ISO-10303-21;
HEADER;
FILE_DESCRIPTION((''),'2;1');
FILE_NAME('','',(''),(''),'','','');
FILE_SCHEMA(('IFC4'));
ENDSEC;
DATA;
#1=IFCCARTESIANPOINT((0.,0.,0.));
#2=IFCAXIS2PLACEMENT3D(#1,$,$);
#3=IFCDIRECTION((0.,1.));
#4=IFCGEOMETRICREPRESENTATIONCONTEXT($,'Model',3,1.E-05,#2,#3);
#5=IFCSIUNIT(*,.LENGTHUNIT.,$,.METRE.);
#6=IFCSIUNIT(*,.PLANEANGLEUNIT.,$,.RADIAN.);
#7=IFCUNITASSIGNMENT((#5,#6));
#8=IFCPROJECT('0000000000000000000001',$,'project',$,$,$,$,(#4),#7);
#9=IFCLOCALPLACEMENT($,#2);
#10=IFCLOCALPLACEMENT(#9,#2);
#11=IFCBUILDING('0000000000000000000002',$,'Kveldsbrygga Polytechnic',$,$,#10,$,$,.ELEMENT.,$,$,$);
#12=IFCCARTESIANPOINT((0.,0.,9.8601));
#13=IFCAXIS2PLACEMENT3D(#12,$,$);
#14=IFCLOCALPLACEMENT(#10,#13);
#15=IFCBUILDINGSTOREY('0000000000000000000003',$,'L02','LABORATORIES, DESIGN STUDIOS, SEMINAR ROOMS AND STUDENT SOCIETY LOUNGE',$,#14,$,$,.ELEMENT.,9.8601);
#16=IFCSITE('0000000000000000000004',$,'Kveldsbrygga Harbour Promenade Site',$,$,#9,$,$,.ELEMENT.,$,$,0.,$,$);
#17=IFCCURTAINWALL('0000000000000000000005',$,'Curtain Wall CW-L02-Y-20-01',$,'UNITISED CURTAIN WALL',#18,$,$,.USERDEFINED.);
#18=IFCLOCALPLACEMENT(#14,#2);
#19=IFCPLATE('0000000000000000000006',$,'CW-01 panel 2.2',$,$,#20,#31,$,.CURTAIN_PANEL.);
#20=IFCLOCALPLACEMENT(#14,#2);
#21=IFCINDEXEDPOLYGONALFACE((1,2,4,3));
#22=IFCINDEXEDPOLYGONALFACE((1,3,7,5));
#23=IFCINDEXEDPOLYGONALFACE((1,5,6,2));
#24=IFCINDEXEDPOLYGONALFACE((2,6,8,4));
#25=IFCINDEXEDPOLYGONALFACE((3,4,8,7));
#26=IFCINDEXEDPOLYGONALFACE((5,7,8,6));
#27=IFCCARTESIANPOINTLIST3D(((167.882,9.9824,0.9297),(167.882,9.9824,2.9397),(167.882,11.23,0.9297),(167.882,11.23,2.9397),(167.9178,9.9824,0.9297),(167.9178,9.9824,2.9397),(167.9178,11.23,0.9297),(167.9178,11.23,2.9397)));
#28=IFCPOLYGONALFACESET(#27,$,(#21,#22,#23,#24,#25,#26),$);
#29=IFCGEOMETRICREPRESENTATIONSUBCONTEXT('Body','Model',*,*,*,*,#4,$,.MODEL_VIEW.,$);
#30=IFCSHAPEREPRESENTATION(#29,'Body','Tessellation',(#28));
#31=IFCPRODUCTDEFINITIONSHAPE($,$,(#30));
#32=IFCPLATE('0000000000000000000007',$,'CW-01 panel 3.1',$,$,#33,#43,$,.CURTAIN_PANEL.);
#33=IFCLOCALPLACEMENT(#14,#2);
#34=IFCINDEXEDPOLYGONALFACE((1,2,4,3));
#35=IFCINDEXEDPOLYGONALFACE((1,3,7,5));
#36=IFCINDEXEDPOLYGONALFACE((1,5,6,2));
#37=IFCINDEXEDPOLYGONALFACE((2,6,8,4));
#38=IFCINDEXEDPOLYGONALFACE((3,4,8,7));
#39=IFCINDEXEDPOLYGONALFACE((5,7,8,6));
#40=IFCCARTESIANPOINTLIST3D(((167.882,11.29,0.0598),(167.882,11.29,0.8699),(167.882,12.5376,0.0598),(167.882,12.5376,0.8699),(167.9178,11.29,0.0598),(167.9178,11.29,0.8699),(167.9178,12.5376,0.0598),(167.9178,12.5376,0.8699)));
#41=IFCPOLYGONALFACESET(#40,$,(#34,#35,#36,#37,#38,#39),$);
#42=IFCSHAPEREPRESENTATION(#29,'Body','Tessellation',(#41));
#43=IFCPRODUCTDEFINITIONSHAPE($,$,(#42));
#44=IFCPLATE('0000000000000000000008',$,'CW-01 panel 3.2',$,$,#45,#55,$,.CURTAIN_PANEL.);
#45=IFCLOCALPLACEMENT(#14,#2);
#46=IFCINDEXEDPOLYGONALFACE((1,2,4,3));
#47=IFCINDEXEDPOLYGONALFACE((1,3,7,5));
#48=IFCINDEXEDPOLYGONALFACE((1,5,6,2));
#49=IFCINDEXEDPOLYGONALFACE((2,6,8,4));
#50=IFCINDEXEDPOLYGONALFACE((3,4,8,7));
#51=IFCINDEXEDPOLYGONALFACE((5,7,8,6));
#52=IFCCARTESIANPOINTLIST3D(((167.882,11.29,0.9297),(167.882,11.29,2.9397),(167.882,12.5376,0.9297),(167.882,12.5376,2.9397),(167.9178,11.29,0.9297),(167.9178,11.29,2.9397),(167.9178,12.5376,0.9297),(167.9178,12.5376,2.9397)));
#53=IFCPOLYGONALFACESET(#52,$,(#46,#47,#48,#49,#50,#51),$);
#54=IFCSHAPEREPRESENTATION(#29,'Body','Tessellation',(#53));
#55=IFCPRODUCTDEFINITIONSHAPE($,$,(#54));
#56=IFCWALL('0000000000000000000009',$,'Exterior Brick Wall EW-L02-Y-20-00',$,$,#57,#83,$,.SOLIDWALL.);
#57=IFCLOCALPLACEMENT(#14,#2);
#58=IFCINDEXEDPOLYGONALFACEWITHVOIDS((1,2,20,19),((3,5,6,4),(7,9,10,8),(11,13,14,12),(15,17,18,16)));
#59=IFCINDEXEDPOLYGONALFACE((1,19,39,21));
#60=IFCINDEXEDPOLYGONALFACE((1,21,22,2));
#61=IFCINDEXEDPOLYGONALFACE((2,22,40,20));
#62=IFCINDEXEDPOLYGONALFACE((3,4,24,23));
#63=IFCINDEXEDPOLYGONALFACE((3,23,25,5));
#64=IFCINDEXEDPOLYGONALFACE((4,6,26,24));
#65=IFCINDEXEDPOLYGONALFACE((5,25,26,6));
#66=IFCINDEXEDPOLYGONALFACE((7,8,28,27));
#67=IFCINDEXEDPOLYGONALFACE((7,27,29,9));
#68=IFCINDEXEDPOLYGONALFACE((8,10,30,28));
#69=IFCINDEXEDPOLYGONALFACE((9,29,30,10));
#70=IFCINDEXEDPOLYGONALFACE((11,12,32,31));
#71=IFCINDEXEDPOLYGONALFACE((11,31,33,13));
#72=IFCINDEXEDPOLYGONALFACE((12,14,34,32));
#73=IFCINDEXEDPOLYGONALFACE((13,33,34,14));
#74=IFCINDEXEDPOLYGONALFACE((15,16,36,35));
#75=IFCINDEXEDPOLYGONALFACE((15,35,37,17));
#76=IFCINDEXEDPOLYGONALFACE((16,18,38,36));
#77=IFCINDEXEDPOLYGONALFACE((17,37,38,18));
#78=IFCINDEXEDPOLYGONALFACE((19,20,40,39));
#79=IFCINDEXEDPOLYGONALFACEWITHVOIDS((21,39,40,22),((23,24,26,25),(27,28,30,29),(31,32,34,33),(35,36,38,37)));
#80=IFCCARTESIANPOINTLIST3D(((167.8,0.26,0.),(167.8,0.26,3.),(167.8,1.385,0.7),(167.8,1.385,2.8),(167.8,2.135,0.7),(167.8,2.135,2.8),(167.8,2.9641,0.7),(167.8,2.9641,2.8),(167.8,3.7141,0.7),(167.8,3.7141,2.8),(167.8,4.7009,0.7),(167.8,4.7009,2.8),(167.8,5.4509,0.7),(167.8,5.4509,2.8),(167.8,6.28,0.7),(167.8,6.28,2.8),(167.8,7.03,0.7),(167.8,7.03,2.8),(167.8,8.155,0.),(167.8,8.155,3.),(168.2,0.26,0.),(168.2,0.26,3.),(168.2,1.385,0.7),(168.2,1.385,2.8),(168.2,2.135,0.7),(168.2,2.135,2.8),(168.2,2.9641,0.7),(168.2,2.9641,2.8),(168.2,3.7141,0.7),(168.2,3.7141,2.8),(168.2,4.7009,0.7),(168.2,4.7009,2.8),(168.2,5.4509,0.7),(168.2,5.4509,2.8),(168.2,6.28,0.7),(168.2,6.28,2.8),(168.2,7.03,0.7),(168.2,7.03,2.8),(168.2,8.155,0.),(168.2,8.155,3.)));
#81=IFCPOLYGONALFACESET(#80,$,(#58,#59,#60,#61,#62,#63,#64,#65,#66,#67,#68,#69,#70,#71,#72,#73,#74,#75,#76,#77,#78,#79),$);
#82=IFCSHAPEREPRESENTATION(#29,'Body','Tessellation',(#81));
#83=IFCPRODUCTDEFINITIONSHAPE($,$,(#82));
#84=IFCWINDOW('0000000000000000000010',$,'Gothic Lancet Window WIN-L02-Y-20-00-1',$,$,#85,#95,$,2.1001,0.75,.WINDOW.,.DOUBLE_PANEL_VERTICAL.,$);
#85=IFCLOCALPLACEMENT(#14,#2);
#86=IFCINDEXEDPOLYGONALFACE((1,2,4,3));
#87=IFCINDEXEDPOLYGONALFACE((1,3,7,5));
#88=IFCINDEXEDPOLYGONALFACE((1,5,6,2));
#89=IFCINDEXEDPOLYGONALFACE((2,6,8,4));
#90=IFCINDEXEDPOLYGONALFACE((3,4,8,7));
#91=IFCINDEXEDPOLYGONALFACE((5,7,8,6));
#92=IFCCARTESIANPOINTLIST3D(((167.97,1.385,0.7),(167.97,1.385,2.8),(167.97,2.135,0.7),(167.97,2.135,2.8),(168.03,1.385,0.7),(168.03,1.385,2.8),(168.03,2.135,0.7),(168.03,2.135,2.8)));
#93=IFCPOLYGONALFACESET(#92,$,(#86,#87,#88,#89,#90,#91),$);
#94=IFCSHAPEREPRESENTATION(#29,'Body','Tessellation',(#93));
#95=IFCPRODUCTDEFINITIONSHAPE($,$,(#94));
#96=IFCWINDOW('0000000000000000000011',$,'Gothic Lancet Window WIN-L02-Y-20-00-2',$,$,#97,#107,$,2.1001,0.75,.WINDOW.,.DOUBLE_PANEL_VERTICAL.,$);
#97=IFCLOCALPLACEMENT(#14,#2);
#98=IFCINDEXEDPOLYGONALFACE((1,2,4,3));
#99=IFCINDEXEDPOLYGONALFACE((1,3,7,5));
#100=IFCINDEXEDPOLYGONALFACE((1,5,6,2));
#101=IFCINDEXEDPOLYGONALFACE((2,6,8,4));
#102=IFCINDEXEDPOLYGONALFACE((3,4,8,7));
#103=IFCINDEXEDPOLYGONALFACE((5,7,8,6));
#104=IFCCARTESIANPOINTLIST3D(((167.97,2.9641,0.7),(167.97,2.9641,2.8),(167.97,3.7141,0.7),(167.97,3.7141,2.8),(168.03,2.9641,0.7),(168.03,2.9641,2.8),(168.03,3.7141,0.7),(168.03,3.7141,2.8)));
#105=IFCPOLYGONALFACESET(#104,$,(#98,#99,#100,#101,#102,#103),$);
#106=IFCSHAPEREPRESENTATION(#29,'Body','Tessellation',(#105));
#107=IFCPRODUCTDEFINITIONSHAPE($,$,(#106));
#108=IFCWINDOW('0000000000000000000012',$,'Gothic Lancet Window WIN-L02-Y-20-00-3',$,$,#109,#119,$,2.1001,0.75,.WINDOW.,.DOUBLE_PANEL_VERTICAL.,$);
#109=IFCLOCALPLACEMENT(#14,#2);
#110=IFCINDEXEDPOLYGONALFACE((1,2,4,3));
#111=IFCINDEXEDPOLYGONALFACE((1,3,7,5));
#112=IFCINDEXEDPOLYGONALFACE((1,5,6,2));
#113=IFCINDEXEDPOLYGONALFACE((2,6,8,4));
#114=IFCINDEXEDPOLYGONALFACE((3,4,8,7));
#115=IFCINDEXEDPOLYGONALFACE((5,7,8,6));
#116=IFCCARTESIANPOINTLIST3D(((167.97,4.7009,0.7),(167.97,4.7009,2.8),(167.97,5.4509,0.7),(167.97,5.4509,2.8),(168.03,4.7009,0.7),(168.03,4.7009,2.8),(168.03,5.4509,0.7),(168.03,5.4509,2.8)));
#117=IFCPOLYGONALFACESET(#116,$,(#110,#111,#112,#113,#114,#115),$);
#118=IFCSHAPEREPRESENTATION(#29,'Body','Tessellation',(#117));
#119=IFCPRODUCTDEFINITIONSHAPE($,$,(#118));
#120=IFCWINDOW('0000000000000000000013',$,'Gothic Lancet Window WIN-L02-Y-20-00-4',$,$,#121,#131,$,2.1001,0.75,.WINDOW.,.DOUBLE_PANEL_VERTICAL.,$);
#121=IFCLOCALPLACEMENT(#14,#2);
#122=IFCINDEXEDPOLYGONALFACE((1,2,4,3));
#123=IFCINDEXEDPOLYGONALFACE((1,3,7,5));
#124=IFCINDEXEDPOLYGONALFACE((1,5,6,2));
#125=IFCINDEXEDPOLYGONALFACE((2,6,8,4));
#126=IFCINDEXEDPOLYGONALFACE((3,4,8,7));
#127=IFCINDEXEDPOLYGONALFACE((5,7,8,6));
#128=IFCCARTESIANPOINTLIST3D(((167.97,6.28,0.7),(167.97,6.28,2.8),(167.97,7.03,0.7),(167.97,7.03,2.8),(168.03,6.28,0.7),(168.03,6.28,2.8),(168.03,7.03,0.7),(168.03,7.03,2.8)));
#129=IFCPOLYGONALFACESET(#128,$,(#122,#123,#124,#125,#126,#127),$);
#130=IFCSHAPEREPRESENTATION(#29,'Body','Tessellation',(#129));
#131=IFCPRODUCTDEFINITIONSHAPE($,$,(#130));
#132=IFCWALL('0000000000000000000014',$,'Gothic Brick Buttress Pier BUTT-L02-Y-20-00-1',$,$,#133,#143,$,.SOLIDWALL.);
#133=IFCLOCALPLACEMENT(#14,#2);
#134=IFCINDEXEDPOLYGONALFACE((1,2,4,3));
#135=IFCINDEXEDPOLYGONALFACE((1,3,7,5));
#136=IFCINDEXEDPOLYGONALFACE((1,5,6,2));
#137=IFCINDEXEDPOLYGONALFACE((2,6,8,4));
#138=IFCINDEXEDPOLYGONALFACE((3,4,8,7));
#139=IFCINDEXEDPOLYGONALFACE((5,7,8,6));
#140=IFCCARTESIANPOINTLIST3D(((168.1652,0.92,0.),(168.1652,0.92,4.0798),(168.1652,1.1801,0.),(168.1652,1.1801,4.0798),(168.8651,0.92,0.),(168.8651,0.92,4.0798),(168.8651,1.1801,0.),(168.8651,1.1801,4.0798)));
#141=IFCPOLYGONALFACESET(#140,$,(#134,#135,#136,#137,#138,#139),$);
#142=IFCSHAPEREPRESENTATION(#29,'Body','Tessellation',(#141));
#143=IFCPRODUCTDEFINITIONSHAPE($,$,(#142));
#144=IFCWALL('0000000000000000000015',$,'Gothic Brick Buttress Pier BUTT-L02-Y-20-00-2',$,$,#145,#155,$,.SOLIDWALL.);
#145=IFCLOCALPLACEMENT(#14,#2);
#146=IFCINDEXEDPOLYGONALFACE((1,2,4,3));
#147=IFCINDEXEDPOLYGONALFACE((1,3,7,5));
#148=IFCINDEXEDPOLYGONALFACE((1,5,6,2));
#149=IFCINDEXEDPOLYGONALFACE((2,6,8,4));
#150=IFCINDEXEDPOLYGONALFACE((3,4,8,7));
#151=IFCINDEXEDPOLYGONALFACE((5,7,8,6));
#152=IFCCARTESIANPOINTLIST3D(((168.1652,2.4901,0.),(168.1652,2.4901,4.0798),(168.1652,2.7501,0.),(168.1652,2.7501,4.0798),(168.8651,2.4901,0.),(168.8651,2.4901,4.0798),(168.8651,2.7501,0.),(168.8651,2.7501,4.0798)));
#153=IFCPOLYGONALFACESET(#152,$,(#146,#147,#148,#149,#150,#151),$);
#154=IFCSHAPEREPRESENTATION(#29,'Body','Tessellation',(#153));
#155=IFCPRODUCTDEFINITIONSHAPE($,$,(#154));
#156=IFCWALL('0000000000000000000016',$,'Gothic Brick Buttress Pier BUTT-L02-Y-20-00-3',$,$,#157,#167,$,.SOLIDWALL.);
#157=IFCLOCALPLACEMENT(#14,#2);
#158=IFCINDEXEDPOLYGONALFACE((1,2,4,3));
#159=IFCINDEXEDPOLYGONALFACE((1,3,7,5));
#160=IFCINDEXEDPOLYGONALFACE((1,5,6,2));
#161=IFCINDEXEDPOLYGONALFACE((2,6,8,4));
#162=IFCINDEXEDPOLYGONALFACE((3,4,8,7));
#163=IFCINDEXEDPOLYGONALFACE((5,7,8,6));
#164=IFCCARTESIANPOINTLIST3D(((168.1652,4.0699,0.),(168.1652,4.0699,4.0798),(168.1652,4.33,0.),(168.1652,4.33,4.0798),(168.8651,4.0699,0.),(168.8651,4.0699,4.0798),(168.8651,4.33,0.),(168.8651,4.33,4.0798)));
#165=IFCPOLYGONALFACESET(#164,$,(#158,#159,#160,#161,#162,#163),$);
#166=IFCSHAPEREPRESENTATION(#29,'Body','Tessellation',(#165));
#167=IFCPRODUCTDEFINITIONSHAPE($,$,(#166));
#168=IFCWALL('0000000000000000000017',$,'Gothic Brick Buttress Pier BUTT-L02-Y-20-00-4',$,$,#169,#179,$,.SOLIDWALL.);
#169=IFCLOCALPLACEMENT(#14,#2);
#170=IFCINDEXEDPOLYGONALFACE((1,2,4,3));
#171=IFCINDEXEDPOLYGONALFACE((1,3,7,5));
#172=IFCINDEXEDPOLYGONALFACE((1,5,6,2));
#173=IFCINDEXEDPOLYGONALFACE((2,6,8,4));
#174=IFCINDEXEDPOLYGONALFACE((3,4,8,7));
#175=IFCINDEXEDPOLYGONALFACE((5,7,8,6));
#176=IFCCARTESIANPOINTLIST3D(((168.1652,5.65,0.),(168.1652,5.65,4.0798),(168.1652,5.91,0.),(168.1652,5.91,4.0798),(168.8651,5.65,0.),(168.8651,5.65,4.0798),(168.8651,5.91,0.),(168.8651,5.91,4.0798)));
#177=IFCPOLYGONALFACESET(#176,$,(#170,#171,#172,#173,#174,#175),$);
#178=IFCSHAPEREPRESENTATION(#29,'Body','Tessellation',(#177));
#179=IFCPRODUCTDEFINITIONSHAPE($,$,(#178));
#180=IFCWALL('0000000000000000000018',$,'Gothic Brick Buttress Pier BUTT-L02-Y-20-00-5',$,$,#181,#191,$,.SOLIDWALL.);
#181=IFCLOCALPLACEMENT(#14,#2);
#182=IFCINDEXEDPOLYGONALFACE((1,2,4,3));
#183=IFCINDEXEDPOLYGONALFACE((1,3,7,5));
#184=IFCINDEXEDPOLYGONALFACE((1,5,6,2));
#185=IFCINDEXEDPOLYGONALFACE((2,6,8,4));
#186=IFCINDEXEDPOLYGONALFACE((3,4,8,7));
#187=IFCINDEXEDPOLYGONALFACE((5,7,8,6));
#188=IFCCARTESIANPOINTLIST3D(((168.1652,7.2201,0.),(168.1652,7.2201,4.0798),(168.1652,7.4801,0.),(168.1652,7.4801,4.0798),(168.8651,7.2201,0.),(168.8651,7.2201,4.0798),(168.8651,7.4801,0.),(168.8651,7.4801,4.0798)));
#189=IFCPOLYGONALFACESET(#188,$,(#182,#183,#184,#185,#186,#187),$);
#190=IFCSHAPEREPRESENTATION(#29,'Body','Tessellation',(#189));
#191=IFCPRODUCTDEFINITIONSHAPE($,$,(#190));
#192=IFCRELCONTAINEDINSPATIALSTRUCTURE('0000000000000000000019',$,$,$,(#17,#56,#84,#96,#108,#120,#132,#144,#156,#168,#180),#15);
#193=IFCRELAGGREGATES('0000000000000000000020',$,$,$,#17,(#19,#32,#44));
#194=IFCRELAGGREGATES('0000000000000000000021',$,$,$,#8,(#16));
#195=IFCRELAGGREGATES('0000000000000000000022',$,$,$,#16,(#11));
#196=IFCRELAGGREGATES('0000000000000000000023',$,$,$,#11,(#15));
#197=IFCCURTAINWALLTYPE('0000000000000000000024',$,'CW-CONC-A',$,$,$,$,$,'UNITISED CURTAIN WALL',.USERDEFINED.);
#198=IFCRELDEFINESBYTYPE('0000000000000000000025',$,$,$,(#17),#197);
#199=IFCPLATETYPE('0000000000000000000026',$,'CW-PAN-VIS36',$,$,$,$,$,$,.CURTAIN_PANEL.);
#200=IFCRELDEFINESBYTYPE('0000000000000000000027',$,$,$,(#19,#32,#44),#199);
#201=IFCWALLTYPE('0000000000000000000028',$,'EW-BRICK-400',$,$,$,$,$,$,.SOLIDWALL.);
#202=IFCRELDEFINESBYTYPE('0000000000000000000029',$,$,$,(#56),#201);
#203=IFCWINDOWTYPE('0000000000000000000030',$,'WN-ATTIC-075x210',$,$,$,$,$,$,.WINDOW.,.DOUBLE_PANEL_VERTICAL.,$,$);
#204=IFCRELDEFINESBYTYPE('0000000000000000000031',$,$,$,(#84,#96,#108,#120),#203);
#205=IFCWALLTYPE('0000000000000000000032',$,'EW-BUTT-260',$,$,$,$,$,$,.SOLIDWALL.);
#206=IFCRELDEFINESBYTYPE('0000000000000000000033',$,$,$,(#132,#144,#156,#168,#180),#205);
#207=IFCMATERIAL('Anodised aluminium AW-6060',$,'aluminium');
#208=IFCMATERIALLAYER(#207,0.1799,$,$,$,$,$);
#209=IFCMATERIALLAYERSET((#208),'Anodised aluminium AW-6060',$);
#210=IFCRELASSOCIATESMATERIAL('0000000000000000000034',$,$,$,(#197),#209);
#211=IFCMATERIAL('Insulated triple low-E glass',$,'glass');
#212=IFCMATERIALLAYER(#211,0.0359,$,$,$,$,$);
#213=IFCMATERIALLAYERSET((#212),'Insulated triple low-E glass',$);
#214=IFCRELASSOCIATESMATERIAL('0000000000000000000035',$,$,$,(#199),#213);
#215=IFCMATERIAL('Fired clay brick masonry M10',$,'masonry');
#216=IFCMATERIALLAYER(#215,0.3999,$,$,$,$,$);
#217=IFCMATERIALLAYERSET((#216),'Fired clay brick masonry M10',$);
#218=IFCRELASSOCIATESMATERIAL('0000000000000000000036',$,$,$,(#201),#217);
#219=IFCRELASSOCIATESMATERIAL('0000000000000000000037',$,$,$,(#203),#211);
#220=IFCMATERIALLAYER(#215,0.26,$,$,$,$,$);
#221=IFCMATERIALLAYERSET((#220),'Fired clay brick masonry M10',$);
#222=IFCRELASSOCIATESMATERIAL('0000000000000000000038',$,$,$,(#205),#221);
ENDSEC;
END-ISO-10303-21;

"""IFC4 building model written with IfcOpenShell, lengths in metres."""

from ifc_helpers import new_model, si_unit, direction, frame, frame_2d, origin, origin_2d, place, context, subcontext, project, spatial, rectangle, extrude, material, layer, layer_set, type_object, element, fill, aggregate, save


model = new_model("IFC4")

# Units and contexts
model_context = context("Model", 3, precision=1e-05, world=origin(), true_north=direction((0.0, 1.0)))
body_context = subcontext(model_context, "Body", "Model", "MODEL_VIEW")
ifc_project = project(units=[si_unit("LENGTHUNIT", "METRE"), si_unit("PLANEANGLEUNIT", "RADIAN")], contexts=[model_context])

# Site, building, storey
site_placement = place(None, origin())
site = spatial("IfcSite", under=ifc_project, at=site_placement, Name="Kveldsbrygga Harbour Promenade Site", CompositionType="ELEMENT", RefElevation=0.0)
building_placement = place(site_placement, origin())
building = spatial("IfcBuilding", under=site, at=building_placement, Name="Kveldsbrygga Polytechnic", CompositionType="ELEMENT")
storey_placement = place(building_placement, frame((0.0, 0.0, 9.8601)))
storey = spatial("IfcBuildingStorey", under=building, at=storey_placement, Name="L02", Description="LABORATORIES, DESIGN STUDIOS, SEMINAR ROOMS AND STUDENT SOCIETY LOUNGE", CompositionType="ELEMENT", Elevation=9.8601)

# Curtain wall, plates
ifc_material_1 = material(Name="Anodised aluminium AW-6060", Category="aluminium")
ifc_layer_1 = layer(ifc_material_1, 0.1799)
ifc_layer_set_1 = layer_set([ifc_layer_1], Name="Anodised aluminium AW-6060")
curtain_wall_type = type_object("IfcCurtainWallType", Name="CW-CONC-A", ElementType="UNITISED CURTAIN WALL", PredefinedType="USERDEFINED", material=ifc_layer_set_1)
curtain_wall_placement = place(storey_placement, origin())
curtain_wall = element("IfcCurtainWall", 1, at=curtain_wall_placement, inside=storey, type_object=curtain_wall_type, Name="Curtain Wall CW-L02-Y-20-01", ObjectType="UNITISED CURTAIN WALL", PredefinedType="USERDEFINED")
ifc_material_2 = material(Name="Insulated triple low-E glass", Category="glass")
ifc_layer_2 = layer(ifc_material_2, 0.0359)
ifc_layer_set_2 = layer_set([ifc_layer_2], Name="Insulated triple low-E glass")
plate_type = type_object("IfcPlateType", Name="CW-PAN-VIS36", PredefinedType="CURTAIN_PANEL", material=ifc_layer_set_2)
plate_1_placement = place(storey_placement, frame((167.8999, 10.6062, 0.9297), z_axis=(0.0, 0.0, 1.0), x_axis=(0.0, 1.0, 0.0)))
plate_1 = element("IfcPlate", 2, at=plate_1_placement, type_object=plate_type, Name="CW-01 panel 2.2", PredefinedType="CURTAIN_PANEL", context=body_context, shape_type="SweptSolid", body=[
    extrude(rectangle(XDim=1.2476, YDim=0.0359, at=origin_2d()), origin(), (0.0, 0.0, 1.0), 2.01),
])
plate_2_placement = place(storey_placement, frame((167.8999, 11.9138, 0.0598), z_axis=(0.0, 0.0, 1.0), x_axis=(0.0, 1.0, 0.0)))
plate_2 = element("IfcPlate", 3, at=plate_2_placement, type_object=plate_type, Name="CW-01 panel 3.1", PredefinedType="CURTAIN_PANEL", context=body_context, shape_type="SweptSolid", body=[
    extrude(rectangle(XDim=1.2476, YDim=0.0359, at=origin_2d()), origin(), (0.0, 0.0, 1.0), 0.8101),
])
plate_3_placement = place(storey_placement, frame((167.8999, 11.9138, 0.9297), z_axis=(0.0, 0.0, 1.0), x_axis=(0.0, 1.0, 0.0)))
plate_3 = element("IfcPlate", 4, at=plate_3_placement, type_object=plate_type, Name="CW-01 panel 3.2", PredefinedType="CURTAIN_PANEL", context=body_context, shape_type="SweptSolid", body=[
    extrude(rectangle(XDim=1.2476, YDim=0.0359, at=origin_2d()), origin(), (0.0, 0.0, 1.0), 2.01),
])
aggregate(curtain_wall, [plate_1, plate_2, plate_3])

# Wall, openings, windows
ifc_material_3 = material(Name="Fired clay brick masonry M10", Category="masonry")
ifc_layer_3 = layer(ifc_material_3, 0.3999)
ifc_layer_set_3 = layer_set([ifc_layer_3], Name="Fired clay brick masonry M10")
wall_type_1 = type_object("IfcWallType", Name="EW-BRICK-400", PredefinedType="SOLIDWALL", material=ifc_layer_set_3)
wall_placement = place(storey_placement, frame((168.0, 0.26, 0.0), z_axis=(0.0, 0.0, 1.0), x_axis=(0.0, 1.0, 0.0)))
wall = element("IfcWall", 5, at=wall_placement, inside=storey, type_object=wall_type_1, Name="Exterior Brick Wall EW-L02-Y-20-00", PredefinedType="SOLIDWALL", context=body_context, shape_type="SweptSolid", body=[
    extrude(rectangle(XDim=7.895, YDim=0.3999, at=frame_2d((3.9475, 0.0))), origin(), (0.0, 0.0, 1.0), 3.0),
])
opening_1_placement = place(wall_placement, frame((1.125, 0.0, 0.7)))
opening_1 = element("IfcOpeningElement", 6, at=opening_1_placement, cuts=wall, PredefinedType="OPENING", context=body_context, shape_type="SweptSolid", body=[
    extrude(rectangle(XDim=0.75, YDim=2.1001, at=frame_2d((0.375, 1.05))), frame((0.0, 0.21, 0.0), z_axis=(0.0, -1.0, 0.0), x_axis=(1.0, 0.0, 0.0)), (0.0, 0.0, 1.0), 0.4199),
])
opening_2_placement = place(wall_placement, frame((2.7041, 0.0, 0.7)))
opening_2 = element("IfcOpeningElement", 7, at=opening_2_placement, cuts=wall, PredefinedType="OPENING", context=body_context, shape_type="SweptSolid", body=[
    extrude(rectangle(XDim=0.75, YDim=2.1001, at=frame_2d((0.375, 1.05))), frame((0.0, 0.21, 0.0), z_axis=(0.0, -1.0, 0.0), x_axis=(1.0, 0.0, 0.0)), (0.0, 0.0, 1.0), 0.4199),
])
opening_3_placement = place(wall_placement, frame((4.4409, 0.0, 0.7)))
opening_3 = element("IfcOpeningElement", 8, at=opening_3_placement, cuts=wall, PredefinedType="OPENING", context=body_context, shape_type="SweptSolid", body=[
    extrude(rectangle(XDim=0.75, YDim=2.1001, at=frame_2d((0.375, 1.05))), frame((0.0, 0.21, 0.0), z_axis=(0.0, -1.0, 0.0), x_axis=(1.0, 0.0, 0.0)), (0.0, 0.0, 1.0), 0.4199),
])
opening_4_placement = place(wall_placement, frame((6.02, 0.0, 0.7)))
opening_4 = element("IfcOpeningElement", 9, at=opening_4_placement, cuts=wall, PredefinedType="OPENING", context=body_context, shape_type="SweptSolid", body=[
    extrude(rectangle(XDim=0.75, YDim=2.1001, at=frame_2d((0.375, 1.05))), frame((0.0, 0.21, 0.0), z_axis=(0.0, -1.0, 0.0), x_axis=(1.0, 0.0, 0.0)), (0.0, 0.0, 1.0), 0.4199),
])
window_type = type_object("IfcWindowType", Name="WN-ATTIC-075x210", PartitioningType="DOUBLE_PANEL_VERTICAL", PredefinedType="WINDOW", material=ifc_material_2)
window_1_placement = place(opening_1_placement, origin())
window_1 = element("IfcWindow", 10, at=window_1_placement, inside=storey, type_object=window_type, Name="Gothic Lancet Window WIN-L02-Y-20-00-1", OverallHeight=2.1001, OverallWidth=0.75, PartitioningType="DOUBLE_PANEL_VERTICAL", PredefinedType="WINDOW", context=body_context, shape_type="SweptSolid", body=[
    extrude(rectangle(XDim=0.75, YDim=2.1001, at=frame_2d((0.375, 1.05))), frame((0.0, 0.03, 0.0), z_axis=(0.0, -1.0, 0.0), x_axis=(1.0, 0.0, 0.0)), (0.0, 0.0, 1.0), 0.0601),
])
fill(opening_1, window_1)
window_2_placement = place(opening_2_placement, origin())
window_2 = element("IfcWindow", 11, at=window_2_placement, inside=storey, type_object=window_type, Name="Gothic Lancet Window WIN-L02-Y-20-00-2", OverallHeight=2.1001, OverallWidth=0.75, PartitioningType="DOUBLE_PANEL_VERTICAL", PredefinedType="WINDOW", context=body_context, shape_type="SweptSolid", body=[
    extrude(rectangle(XDim=0.75, YDim=2.1001, at=frame_2d((0.375, 1.05))), frame((0.0, 0.03, 0.0), z_axis=(0.0, -1.0, 0.0), x_axis=(1.0, 0.0, 0.0)), (0.0, 0.0, 1.0), 0.0601),
])
fill(opening_2, window_2)
window_3_placement = place(opening_3_placement, origin())
window_3 = element("IfcWindow", 12, at=window_3_placement, inside=storey, type_object=window_type, Name="Gothic Lancet Window WIN-L02-Y-20-00-3", OverallHeight=2.1001, OverallWidth=0.75, PartitioningType="DOUBLE_PANEL_VERTICAL", PredefinedType="WINDOW", context=body_context, shape_type="SweptSolid", body=[
    extrude(rectangle(XDim=0.75, YDim=2.1001, at=frame_2d((0.375, 1.05))), frame((0.0, 0.03, 0.0), z_axis=(0.0, -1.0, 0.0), x_axis=(1.0, 0.0, 0.0)), (0.0, 0.0, 1.0), 0.0601),
])
fill(opening_3, window_3)
window_4_placement = place(opening_4_placement, origin())
window_4 = element("IfcWindow", 13, at=window_4_placement, inside=storey, type_object=window_type, Name="Gothic Lancet Window WIN-L02-Y-20-00-4", OverallHeight=2.1001, OverallWidth=0.75, PartitioningType="DOUBLE_PANEL_VERTICAL", PredefinedType="WINDOW", context=body_context, shape_type="SweptSolid", body=[
    extrude(rectangle(XDim=0.75, YDim=2.1001, at=frame_2d((0.375, 1.05))), frame((0.0, 0.03, 0.0), z_axis=(0.0, -1.0, 0.0), x_axis=(1.0, 0.0, 0.0)), (0.0, 0.0, 1.0), 0.0601),
])
fill(opening_4, window_4)

# Walls
ifc_layer_4 = layer(ifc_material_3, 0.26)
ifc_layer_set_4 = layer_set([ifc_layer_4], Name="Fired clay brick masonry M10")
wall_type_2 = type_object("IfcWallType", Name="EW-BUTT-260", PredefinedType="SOLIDWALL", material=ifc_layer_set_4)
for number, where, z_axis, x_axis, name in (
    (14, (168.165, 1.05, 0.0), (0.0, 0.0, 1.0), (1.0, 0.0, 0.0), "Gothic Brick Buttress Pier BUTT-L02-Y-20-00-1"),
    (15, (168.165, 2.6201, 0.0), (0.0, 0.0, 1.0), (1.0, 0.0, 0.0), "Gothic Brick Buttress Pier BUTT-L02-Y-20-00-2"),
    (16, (168.165, 4.2, 0.0), (0.0, 0.0, 1.0), (1.0, 0.0, 0.0), "Gothic Brick Buttress Pier BUTT-L02-Y-20-00-3"),
    (17, (168.165, 5.78, 0.0), (0.0, 0.0, 1.0), (1.0, 0.0, 0.0), "Gothic Brick Buttress Pier BUTT-L02-Y-20-00-4"),
    (18, (168.165, 7.3501, 0.0), (0.0, 0.0, 1.0), (1.0, 0.0, 0.0), "Gothic Brick Buttress Pier BUTT-L02-Y-20-00-5"),
):
    element("IfcWall", number, at=place(storey_placement, frame(where, z_axis=z_axis, x_axis=x_axis)), inside=storey, type_object=wall_type_2, Name=name, PredefinedType="SOLIDWALL", context=body_context, shape_type="SweptSolid", body=[
        extrude(rectangle(XDim=0.7, YDim=0.26, at=frame_2d((0.3501, 0.0))), origin(), (0.0, 0.0, 1.0), 4.0798),
    ])

save(model, "model.ifc")
